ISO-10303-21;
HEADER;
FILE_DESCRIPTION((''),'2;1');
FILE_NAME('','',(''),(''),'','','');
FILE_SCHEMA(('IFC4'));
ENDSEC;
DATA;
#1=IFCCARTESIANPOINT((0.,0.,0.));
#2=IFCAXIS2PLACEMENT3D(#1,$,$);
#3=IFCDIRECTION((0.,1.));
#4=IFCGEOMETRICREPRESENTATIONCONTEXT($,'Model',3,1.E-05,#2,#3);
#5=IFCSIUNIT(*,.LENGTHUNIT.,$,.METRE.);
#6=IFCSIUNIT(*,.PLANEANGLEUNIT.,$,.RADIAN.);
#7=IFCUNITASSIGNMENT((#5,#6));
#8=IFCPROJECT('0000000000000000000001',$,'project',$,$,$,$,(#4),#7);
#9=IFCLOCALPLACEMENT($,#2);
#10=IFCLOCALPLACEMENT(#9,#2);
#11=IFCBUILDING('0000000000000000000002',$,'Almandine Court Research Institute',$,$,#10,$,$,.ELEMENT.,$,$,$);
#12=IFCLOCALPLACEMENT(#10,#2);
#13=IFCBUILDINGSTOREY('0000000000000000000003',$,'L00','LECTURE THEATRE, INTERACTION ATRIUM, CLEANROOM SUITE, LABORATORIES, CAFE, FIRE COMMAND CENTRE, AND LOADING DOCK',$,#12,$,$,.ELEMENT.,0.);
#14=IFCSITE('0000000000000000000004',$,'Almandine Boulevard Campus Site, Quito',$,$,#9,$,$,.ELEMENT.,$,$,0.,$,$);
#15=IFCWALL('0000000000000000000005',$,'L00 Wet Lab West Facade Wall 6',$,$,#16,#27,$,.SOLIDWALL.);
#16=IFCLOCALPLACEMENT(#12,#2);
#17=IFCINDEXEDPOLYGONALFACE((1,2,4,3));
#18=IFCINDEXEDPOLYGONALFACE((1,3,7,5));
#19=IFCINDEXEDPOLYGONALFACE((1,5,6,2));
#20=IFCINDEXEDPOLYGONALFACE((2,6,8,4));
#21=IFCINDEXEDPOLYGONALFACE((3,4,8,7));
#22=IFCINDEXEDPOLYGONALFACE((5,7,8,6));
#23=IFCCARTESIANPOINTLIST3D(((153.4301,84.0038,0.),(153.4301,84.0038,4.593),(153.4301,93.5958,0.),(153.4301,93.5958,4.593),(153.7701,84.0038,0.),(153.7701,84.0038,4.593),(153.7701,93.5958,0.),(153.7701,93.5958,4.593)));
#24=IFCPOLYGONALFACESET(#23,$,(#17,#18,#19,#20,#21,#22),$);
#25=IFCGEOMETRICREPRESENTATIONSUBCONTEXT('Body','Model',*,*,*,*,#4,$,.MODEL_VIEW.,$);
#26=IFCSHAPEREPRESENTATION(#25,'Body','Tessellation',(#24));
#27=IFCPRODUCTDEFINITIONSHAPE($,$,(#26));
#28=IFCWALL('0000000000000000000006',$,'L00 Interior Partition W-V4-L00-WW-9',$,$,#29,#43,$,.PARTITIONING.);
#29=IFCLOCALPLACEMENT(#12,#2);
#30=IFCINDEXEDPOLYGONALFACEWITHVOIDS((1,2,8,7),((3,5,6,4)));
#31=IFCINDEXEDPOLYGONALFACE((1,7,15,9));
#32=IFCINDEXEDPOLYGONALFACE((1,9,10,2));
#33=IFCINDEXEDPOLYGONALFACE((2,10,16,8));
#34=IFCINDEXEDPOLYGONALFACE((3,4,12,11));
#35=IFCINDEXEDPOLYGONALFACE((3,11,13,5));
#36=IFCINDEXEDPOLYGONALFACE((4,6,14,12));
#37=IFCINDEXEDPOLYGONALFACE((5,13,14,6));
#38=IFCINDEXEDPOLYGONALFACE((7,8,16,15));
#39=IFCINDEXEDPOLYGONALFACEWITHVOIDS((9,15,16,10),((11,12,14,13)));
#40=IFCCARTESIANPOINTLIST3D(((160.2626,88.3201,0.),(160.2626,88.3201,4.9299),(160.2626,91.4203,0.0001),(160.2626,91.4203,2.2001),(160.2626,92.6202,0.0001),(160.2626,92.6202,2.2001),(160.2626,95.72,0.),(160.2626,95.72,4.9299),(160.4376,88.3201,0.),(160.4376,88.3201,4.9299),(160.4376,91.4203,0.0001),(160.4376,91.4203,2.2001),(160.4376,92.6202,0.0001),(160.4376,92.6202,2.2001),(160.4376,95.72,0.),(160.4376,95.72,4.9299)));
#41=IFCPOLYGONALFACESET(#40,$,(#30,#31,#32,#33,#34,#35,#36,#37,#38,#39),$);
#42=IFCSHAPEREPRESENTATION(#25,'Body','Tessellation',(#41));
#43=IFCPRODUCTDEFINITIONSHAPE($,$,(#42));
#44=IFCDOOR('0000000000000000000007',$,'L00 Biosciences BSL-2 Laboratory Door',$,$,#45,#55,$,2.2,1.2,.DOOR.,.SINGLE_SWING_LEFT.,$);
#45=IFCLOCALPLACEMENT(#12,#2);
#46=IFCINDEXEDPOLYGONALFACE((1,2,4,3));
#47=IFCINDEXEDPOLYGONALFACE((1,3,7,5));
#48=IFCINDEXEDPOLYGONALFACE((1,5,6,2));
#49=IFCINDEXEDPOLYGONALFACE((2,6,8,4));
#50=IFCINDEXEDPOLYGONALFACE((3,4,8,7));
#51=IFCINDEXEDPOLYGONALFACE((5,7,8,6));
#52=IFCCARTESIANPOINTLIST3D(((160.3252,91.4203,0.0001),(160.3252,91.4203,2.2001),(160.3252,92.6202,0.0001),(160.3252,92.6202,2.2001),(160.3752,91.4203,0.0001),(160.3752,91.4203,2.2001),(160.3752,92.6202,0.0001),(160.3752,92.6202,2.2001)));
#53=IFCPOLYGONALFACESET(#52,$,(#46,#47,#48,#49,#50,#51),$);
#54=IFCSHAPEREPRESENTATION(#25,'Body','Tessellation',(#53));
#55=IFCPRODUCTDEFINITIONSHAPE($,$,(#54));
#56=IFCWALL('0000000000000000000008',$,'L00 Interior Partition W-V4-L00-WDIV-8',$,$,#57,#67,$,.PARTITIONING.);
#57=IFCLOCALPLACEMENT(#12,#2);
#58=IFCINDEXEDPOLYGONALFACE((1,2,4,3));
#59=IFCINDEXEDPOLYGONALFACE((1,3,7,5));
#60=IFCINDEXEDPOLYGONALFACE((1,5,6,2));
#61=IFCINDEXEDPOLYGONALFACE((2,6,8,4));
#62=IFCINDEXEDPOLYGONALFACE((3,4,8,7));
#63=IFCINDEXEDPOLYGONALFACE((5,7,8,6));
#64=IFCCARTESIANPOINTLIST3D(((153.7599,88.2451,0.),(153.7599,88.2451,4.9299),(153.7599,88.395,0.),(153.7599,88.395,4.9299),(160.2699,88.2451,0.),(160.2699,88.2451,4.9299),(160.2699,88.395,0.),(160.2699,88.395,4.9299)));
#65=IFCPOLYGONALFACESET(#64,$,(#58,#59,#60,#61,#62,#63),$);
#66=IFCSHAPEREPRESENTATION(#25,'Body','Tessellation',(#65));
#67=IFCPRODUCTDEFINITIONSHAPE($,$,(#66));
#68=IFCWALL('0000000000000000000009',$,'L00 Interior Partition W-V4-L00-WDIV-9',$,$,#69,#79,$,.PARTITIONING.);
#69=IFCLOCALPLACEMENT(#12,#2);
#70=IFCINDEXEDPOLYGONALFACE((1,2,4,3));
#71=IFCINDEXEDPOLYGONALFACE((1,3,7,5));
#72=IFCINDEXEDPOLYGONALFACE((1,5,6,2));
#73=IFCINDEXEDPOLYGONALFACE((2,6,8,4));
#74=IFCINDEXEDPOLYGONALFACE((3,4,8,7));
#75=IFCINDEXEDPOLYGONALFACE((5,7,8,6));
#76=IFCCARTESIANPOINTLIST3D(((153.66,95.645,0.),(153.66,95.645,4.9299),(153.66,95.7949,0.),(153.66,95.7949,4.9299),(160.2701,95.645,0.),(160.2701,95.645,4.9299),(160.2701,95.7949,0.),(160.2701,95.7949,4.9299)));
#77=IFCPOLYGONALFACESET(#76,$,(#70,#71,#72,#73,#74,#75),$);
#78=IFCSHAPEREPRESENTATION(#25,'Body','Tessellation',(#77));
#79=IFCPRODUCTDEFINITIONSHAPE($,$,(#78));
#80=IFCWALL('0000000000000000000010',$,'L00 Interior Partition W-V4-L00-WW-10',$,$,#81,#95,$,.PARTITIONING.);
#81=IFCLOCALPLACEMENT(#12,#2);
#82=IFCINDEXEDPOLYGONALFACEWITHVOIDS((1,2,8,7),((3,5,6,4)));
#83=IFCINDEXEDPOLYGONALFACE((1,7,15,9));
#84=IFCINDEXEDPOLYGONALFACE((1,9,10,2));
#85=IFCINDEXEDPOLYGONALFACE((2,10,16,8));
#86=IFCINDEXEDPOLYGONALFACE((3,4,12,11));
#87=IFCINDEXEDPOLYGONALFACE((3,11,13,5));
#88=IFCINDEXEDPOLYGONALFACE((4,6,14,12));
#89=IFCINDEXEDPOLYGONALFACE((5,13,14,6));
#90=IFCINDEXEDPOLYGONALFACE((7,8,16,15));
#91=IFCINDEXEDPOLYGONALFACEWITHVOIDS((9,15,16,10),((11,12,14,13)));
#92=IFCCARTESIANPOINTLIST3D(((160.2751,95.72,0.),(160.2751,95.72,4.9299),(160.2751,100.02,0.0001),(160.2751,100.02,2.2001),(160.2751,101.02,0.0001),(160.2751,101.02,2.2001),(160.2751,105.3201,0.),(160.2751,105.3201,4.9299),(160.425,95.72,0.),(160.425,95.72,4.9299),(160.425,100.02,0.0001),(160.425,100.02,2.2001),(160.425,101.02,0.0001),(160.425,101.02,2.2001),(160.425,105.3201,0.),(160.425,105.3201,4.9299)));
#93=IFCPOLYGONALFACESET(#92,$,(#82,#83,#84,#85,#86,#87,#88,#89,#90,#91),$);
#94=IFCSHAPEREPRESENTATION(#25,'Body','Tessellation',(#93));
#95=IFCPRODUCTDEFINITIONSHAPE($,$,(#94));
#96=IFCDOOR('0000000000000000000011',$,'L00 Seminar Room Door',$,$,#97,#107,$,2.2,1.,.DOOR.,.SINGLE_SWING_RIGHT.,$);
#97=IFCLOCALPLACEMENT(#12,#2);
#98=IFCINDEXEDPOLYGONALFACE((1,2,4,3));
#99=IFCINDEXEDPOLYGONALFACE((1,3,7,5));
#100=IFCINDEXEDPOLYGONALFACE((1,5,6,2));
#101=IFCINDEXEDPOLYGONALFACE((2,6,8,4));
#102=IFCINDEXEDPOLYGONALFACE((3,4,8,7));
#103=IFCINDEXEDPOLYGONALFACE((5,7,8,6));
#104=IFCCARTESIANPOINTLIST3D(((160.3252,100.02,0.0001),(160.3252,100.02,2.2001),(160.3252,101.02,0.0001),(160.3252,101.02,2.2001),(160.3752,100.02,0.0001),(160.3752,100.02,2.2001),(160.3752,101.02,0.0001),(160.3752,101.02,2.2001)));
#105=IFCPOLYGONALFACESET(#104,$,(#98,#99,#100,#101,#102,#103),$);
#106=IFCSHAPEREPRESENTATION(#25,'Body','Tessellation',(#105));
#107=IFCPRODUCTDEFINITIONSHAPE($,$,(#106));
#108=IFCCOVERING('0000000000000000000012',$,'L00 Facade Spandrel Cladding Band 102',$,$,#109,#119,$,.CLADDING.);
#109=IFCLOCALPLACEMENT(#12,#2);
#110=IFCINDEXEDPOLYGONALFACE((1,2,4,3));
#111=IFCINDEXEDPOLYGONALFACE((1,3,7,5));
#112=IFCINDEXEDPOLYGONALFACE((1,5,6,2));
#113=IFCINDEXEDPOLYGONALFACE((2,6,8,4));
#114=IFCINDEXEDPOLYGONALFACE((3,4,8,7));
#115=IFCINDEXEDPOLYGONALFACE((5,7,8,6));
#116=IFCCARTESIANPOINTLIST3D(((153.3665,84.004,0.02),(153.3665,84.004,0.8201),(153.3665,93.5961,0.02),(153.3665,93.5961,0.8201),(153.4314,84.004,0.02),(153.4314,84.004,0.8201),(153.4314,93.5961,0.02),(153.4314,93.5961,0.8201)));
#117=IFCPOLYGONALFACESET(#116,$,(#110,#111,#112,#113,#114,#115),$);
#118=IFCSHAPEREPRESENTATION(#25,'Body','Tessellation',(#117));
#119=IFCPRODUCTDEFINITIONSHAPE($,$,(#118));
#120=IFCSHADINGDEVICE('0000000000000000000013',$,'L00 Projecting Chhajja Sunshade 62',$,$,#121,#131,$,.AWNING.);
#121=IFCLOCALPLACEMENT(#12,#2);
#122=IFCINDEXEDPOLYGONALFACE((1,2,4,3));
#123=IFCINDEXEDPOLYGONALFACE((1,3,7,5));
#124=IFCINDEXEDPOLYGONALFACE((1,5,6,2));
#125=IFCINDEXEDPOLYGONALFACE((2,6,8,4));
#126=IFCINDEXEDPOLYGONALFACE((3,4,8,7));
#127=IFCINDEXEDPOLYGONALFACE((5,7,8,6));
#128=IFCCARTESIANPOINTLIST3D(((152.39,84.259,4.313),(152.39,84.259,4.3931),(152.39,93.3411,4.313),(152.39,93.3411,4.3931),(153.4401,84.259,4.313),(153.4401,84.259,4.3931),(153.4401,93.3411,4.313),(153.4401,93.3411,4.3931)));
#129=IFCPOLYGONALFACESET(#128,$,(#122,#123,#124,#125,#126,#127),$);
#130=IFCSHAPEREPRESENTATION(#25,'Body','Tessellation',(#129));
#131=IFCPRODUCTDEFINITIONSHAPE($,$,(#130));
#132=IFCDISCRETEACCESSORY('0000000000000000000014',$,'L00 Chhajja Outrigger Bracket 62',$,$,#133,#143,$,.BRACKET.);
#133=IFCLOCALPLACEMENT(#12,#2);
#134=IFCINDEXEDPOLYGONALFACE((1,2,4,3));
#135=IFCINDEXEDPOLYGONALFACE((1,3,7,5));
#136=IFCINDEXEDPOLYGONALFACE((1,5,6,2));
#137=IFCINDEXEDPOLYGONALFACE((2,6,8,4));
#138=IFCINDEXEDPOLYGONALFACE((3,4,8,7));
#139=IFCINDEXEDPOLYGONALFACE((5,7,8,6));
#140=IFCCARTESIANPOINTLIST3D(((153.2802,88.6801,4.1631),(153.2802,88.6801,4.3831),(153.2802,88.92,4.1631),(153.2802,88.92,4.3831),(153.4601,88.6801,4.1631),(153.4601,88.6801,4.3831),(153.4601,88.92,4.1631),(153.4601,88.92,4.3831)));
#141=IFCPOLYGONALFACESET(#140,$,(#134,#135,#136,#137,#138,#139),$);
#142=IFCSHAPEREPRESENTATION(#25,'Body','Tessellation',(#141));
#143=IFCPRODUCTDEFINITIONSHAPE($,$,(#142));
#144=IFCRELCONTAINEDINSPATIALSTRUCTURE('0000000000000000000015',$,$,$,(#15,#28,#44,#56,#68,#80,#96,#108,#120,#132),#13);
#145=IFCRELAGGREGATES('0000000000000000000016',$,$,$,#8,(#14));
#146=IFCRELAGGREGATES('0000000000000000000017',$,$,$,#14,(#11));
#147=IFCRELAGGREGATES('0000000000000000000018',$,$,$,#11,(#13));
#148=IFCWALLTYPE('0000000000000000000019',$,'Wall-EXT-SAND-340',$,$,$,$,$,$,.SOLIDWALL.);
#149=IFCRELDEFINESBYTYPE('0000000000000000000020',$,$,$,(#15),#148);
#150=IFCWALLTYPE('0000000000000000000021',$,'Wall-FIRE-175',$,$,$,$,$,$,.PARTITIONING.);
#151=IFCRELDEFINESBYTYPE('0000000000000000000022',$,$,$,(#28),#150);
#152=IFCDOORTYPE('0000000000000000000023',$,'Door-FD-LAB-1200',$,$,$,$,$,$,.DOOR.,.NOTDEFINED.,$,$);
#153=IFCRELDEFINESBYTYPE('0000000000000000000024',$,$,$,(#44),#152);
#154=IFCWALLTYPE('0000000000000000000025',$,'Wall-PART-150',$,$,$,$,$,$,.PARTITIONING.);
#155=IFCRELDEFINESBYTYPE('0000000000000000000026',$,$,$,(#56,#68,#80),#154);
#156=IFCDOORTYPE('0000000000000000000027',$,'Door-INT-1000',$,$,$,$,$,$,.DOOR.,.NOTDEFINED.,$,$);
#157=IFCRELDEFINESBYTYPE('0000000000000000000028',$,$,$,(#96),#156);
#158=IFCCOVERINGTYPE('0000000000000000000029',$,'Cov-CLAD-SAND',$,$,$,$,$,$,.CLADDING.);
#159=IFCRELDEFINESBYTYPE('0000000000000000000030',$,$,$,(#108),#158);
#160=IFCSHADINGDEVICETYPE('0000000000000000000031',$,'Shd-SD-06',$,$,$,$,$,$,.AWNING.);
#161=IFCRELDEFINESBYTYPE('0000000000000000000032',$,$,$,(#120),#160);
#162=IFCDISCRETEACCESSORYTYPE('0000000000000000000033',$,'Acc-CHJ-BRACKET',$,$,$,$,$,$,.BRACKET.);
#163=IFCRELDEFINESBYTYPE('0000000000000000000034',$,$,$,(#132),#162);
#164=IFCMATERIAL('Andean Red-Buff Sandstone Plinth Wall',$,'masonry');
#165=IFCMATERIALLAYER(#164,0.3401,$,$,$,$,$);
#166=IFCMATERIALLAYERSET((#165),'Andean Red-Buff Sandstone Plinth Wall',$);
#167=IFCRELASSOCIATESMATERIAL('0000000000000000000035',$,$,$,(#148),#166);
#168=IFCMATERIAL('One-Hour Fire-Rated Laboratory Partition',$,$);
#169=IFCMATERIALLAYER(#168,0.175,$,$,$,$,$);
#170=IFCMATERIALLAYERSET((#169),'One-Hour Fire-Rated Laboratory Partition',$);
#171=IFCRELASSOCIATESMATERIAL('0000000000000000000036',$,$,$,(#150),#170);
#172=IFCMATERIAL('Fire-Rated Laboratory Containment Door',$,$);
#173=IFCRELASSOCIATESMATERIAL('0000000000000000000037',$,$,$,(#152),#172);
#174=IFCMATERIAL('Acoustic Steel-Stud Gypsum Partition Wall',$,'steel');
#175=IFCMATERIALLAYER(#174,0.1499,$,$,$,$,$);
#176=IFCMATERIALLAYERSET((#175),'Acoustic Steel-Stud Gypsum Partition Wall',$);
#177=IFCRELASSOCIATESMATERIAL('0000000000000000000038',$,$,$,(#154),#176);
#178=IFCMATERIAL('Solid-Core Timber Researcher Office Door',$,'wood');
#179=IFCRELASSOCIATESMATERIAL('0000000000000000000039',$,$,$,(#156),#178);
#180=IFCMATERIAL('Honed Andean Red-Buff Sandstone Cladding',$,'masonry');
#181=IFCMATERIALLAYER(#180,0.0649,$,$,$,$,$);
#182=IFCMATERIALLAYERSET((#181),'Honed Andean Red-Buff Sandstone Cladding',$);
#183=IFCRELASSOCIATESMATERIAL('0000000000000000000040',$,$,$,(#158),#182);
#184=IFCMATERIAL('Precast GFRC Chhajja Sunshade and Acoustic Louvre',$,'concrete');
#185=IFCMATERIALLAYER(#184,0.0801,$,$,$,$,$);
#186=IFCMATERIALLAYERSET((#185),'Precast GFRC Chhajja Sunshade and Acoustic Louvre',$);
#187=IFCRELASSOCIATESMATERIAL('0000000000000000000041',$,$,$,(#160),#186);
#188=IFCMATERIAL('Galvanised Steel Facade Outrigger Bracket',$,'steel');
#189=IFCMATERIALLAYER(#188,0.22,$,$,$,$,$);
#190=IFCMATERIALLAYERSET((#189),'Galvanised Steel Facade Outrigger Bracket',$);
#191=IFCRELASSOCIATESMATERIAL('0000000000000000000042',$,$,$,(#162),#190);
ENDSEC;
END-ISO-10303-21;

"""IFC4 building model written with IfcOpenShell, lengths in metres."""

from ifc_helpers import new_model, si_unit, direction, frame, frame_2d, origin, origin_2d, place, context, subcontext, project, spatial, rectangle, extrude, material, layer, layer_set, type_object, element, fill, save


model = new_model("IFC4")

# Units and contexts
model_context = context("Model", 3, precision=1e-05, world=origin(), true_north=direction((0.0, 1.0)))
body_context = subcontext(model_context, "Body", "Model", "MODEL_VIEW")
ifc_project = project(units=[si_unit("LENGTHUNIT", "METRE"), si_unit("PLANEANGLEUNIT", "RADIAN")], contexts=[model_context])

# Site, building, storey
site_placement = place(None, origin())
site = spatial("IfcSite", under=ifc_project, at=site_placement, Name="Almandine Boulevard Campus Site, Quito", CompositionType="ELEMENT", RefElevation=0.0)
building_placement = place(site_placement, origin())
building = spatial("IfcBuilding", under=site, at=building_placement, Name="Almandine Court Research Institute", CompositionType="ELEMENT")
storey_placement = place(building_placement, origin())
storey = spatial("IfcBuildingStorey", under=building, at=storey_placement, Name="L00", Description="LECTURE THEATRE, INTERACTION ATRIUM, CLEANROOM SUITE, LABORATORIES, CAFE, FIRE COMMAND CENTRE, AND LOADING DOCK", CompositionType="ELEMENT", Elevation=0.0)

# Wall
ifc_material_1 = material(Name="Andean Red-Buff Sandstone Plinth Wall", Category="masonry")
ifc_layer_1 = layer(ifc_material_1, 0.3401)
ifc_layer_set_1 = layer_set([ifc_layer_1], Name="Andean Red-Buff Sandstone Plinth Wall")
wall_type_1 = type_object("IfcWallType", Name="Wall-EXT-SAND-340", PredefinedType="SOLIDWALL", material=ifc_layer_set_1)
wall_1_placement = place(storey_placement, frame((153.6001, 84.0039, 0.0), z_axis=(0.0, 0.0, 1.0), x_axis=(0.0, 1.0, 0.0)))
element("IfcWall", 1, at=wall_1_placement, inside=storey, type_object=wall_type_1, Name="L00 Wet Lab West Facade Wall 6", PredefinedType="SOLIDWALL", context=body_context, shape_type="SweptSolid", body=[
    extrude(rectangle(XDim=9.592, YDim=0.3401, at=frame_2d((4.7959, 0.0))), origin(), (0.0, 0.0, 1.0), 4.593),
])

# Wall, opening, door
ifc_material_2 = material(Name="One-Hour Fire-Rated Laboratory Partition")
ifc_layer_2 = layer(ifc_material_2, 0.175)
ifc_layer_set_2 = layer_set([ifc_layer_2], Name="One-Hour Fire-Rated Laboratory Partition")
wall_type_2 = type_object("IfcWallType", Name="Wall-FIRE-175", PredefinedType="PARTITIONING", material=ifc_layer_set_2)
wall_2_placement = place(storey_placement, frame((160.3501, 88.3201, 0.0), z_axis=(0.0, 0.0, 1.0), x_axis=(0.0, 1.0, 0.0)))
wall_2 = element("IfcWall", 2, at=wall_2_placement, inside=storey, type_object=wall_type_2, Name="L00 Interior Partition W-V4-L00-WW-9", PredefinedType="PARTITIONING", context=body_context, shape_type="SweptSolid", body=[
    extrude(rectangle(XDim=7.3999, YDim=0.175, at=frame_2d((3.7, 0.0))), origin(), (0.0, 0.0, 1.0), 4.9299),
])
opening_1_placement = place(wall_2_placement, frame((3.1001, 0.0, 0.0)))
opening_1 = element("IfcOpeningElement", 3, at=opening_1_placement, cuts=wall_2, PredefinedType="OPENING", context=body_context, shape_type="SweptSolid", body=[
    extrude(rectangle(XDim=1.2, YDim=2.2, at=frame_2d((0.6001, 1.1001))), frame((0.0, 0.0974, 0.0), z_axis=(0.0, -1.0, 0.0), x_axis=(1.0, 0.0, 0.0)), (0.0, 0.0, 1.0), 0.1951),
])
ifc_material_3 = material(Name="Fire-Rated Laboratory Containment Door")
door_type_1 = type_object("IfcDoorType", Name="Door-FD-LAB-1200", OperationType="NOTDEFINED", PredefinedType="DOOR", material=ifc_material_3)
door_1_placement = place(opening_1_placement, origin())
door_1 = element("IfcDoor", 4, at=door_1_placement, inside=storey, type_object=door_type_1, Name="L00 Biosciences BSL-2 Laboratory Door", OperationType="SINGLE_SWING_LEFT", OverallHeight=2.2, OverallWidth=1.2, PredefinedType="DOOR", context=body_context, shape_type="SweptSolid", body=[
    extrude(rectangle(XDim=1.2, YDim=2.2, at=frame_2d((0.6001, 1.1001))), frame((0.0, 0.0249, 0.0), z_axis=(0.0, -1.0, 0.0), x_axis=(1.0, 0.0, 0.0)), (0.0, 0.0, 1.0), 0.05),
])
fill(opening_1, door_1)

# Walls
ifc_material_4 = material(Name="Acoustic Steel-Stud Gypsum Partition Wall", Category="steel")
ifc_layer_3 = layer(ifc_material_4, 0.1499)
ifc_layer_set_3 = layer_set([ifc_layer_3], Name="Acoustic Steel-Stud Gypsum Partition Wall")
wall_type_3 = type_object("IfcWallType", Name="Wall-PART-150", PredefinedType="PARTITIONING", material=ifc_layer_set_3)
wall_3_placement = place(storey_placement, frame((153.76, 88.3201, 0.0), z_axis=(0.0, 0.0, 1.0), x_axis=(1.0, 0.0, 0.0)))
element("IfcWall", 5, at=wall_3_placement, inside=storey, type_object=wall_type_3, Name="L00 Interior Partition W-V4-L00-WDIV-8", PredefinedType="PARTITIONING", context=body_context, shape_type="SweptSolid", body=[
    extrude(rectangle(XDim=6.51, YDim=0.1499, at=frame_2d((3.2549, 0.0))), origin(), (0.0, 0.0, 1.0), 4.9299),
])
wall_4_placement = place(storey_placement, frame((153.6599, 95.72, 0.0), z_axis=(0.0, 0.0, 1.0), x_axis=(1.0, 0.0, 0.0)))
element("IfcWall", 6, at=wall_4_placement, inside=storey, type_object=wall_type_3, Name="L00 Interior Partition W-V4-L00-WDIV-9", PredefinedType="PARTITIONING", context=body_context, shape_type="SweptSolid", body=[
    extrude(rectangle(XDim=6.6101, YDim=0.1499, at=frame_2d((3.3052, 0.0))), origin(), (0.0, 0.0, 1.0), 4.9299),
])

# Wall, opening, door
wall_5_placement = place(storey_placement, frame((160.3501, 95.72, 0.0), z_axis=(0.0, 0.0, 1.0), x_axis=(0.0, 1.0, 0.0)))
wall_5 = element("IfcWall", 7, at=wall_5_placement, inside=storey, type_object=wall_type_3, Name="L00 Interior Partition W-V4-L00-WW-10", PredefinedType="PARTITIONING", context=body_context, shape_type="SweptSolid", body=[
    extrude(rectangle(XDim=9.6001, YDim=0.1499, at=frame_2d((4.8, 0.0))), origin(), (0.0, 0.0, 1.0), 4.9299),
])
opening_2_placement = place(wall_5_placement, frame((4.3, 0.0, 0.0)))
opening_2 = element("IfcOpeningElement", 8, at=opening_2_placement, cuts=wall_5, PredefinedType="OPENING", context=body_context, shape_type="SweptSolid", body=[
    extrude(rectangle(XDim=1.0, YDim=2.2, at=frame_2d((0.5, 1.1001))), frame((0.0, 0.085, 0.0), z_axis=(0.0, -1.0, 0.0), x_axis=(1.0, 0.0, 0.0)), (0.0, 0.0, 1.0), 0.1699),
])
ifc_material_5 = material(Name="Solid-Core Timber Researcher Office Door", Category="wood")
door_type_2 = type_object("IfcDoorType", Name="Door-INT-1000", OperationType="NOTDEFINED", PredefinedType="DOOR", material=ifc_material_5)
door_2_placement = place(opening_2_placement, origin())
door_2 = element("IfcDoor", 9, at=door_2_placement, inside=storey, type_object=door_type_2, Name="L00 Seminar Room Door", OperationType="SINGLE_SWING_RIGHT", OverallHeight=2.2, OverallWidth=1.0, PredefinedType="DOOR", context=body_context, shape_type="SweptSolid", body=[
    extrude(rectangle(XDim=1.0, YDim=2.2, at=frame_2d((0.5, 1.1001))), frame((0.0, 0.0249, 0.0), z_axis=(0.0, -1.0, 0.0), x_axis=(1.0, 0.0, 0.0)), (0.0, 0.0, 1.0), 0.05),
])
fill(opening_2, door_2)

# Covering
ifc_material_6 = material(Name="Honed Andean Red-Buff Sandstone Cladding", Category="masonry")
ifc_layer_4 = layer(ifc_material_6, 0.0649)
ifc_layer_set_4 = layer_set([ifc_layer_4], Name="Honed Andean Red-Buff Sandstone Cladding")
covering_type = type_object("IfcCoveringType", Name="Cov-CLAD-SAND", PredefinedType="CLADDING", material=ifc_layer_set_4)
covering_placement = place(storey_placement, frame((153.3989, 88.8, 0.02), z_axis=(0.0, 0.0, 1.0), x_axis=(0.0, 1.0, 0.0)))
element("IfcCovering", 10, at=covering_placement, inside=storey, type_object=covering_type, Name="L00 Facade Spandrel Cladding Band 102", PredefinedType="CLADDING", context=body_context, shape_type="SweptSolid", body=[
    extrude(rectangle(XDim=9.592, YDim=0.0649, at=origin_2d()), origin(), (0.0, 0.0, 1.0), 0.8),
])

# Shading device
ifc_material_7 = material(Name="Precast GFRC Chhajja Sunshade and Acoustic Louvre", Category="concrete")
ifc_layer_5 = layer(ifc_material_7, 0.0801)
ifc_layer_set_5 = layer_set([ifc_layer_5], Name="Precast GFRC Chhajja Sunshade and Acoustic Louvre")
shading_device_type = type_object("IfcShadingDeviceType", Name="Shd-SD-06", PredefinedType="AWNING", material=ifc_layer_set_5)
shading_device_placement = place(storey_placement, frame((152.915, 88.8, 4.313), z_axis=(0.0, 0.0, 1.0), x_axis=(0.0, 1.0, 0.0)))
element("IfcShadingDevice", 11, at=shading_device_placement, inside=storey, type_object=shading_device_type, Name="L00 Projecting Chhajja Sunshade 62", PredefinedType="AWNING", context=body_context, shape_type="SweptSolid", body=[
    extrude(rectangle(XDim=9.082, YDim=1.05, at=origin_2d()), origin(), (0.0, 0.0, 1.0), 0.0801),
])

# Discrete accessory
ifc_material_8 = material(Name="Galvanised Steel Facade Outrigger Bracket", Category="steel")
ifc_layer_6 = layer(ifc_material_8, 0.22)
ifc_layer_set_6 = layer_set([ifc_layer_6], Name="Galvanised Steel Facade Outrigger Bracket")
discrete_accessory_type = type_object("IfcDiscreteAccessoryType", Name="Acc-CHJ-BRACKET", PredefinedType="BRACKET", material=ifc_layer_set_6)
discrete_accessory_placement = place(storey_placement, frame((153.3701, 88.8, 4.1631), z_axis=(0.0, 0.0, 1.0), x_axis=(0.0, 1.0, 0.0)))
element("IfcDiscreteAccessory", 12, at=discrete_accessory_placement, inside=storey, type_object=discrete_accessory_type, Name="L00 Chhajja Outrigger Bracket 62", PredefinedType="BRACKET", context=body_context, shape_type="SweptSolid", body=[
    extrude(rectangle(XDim=0.24, YDim=0.1799, at=origin_2d()), origin(), (0.0, 0.0, 1.0), 0.22),
])

save(model, "model.ifc")
